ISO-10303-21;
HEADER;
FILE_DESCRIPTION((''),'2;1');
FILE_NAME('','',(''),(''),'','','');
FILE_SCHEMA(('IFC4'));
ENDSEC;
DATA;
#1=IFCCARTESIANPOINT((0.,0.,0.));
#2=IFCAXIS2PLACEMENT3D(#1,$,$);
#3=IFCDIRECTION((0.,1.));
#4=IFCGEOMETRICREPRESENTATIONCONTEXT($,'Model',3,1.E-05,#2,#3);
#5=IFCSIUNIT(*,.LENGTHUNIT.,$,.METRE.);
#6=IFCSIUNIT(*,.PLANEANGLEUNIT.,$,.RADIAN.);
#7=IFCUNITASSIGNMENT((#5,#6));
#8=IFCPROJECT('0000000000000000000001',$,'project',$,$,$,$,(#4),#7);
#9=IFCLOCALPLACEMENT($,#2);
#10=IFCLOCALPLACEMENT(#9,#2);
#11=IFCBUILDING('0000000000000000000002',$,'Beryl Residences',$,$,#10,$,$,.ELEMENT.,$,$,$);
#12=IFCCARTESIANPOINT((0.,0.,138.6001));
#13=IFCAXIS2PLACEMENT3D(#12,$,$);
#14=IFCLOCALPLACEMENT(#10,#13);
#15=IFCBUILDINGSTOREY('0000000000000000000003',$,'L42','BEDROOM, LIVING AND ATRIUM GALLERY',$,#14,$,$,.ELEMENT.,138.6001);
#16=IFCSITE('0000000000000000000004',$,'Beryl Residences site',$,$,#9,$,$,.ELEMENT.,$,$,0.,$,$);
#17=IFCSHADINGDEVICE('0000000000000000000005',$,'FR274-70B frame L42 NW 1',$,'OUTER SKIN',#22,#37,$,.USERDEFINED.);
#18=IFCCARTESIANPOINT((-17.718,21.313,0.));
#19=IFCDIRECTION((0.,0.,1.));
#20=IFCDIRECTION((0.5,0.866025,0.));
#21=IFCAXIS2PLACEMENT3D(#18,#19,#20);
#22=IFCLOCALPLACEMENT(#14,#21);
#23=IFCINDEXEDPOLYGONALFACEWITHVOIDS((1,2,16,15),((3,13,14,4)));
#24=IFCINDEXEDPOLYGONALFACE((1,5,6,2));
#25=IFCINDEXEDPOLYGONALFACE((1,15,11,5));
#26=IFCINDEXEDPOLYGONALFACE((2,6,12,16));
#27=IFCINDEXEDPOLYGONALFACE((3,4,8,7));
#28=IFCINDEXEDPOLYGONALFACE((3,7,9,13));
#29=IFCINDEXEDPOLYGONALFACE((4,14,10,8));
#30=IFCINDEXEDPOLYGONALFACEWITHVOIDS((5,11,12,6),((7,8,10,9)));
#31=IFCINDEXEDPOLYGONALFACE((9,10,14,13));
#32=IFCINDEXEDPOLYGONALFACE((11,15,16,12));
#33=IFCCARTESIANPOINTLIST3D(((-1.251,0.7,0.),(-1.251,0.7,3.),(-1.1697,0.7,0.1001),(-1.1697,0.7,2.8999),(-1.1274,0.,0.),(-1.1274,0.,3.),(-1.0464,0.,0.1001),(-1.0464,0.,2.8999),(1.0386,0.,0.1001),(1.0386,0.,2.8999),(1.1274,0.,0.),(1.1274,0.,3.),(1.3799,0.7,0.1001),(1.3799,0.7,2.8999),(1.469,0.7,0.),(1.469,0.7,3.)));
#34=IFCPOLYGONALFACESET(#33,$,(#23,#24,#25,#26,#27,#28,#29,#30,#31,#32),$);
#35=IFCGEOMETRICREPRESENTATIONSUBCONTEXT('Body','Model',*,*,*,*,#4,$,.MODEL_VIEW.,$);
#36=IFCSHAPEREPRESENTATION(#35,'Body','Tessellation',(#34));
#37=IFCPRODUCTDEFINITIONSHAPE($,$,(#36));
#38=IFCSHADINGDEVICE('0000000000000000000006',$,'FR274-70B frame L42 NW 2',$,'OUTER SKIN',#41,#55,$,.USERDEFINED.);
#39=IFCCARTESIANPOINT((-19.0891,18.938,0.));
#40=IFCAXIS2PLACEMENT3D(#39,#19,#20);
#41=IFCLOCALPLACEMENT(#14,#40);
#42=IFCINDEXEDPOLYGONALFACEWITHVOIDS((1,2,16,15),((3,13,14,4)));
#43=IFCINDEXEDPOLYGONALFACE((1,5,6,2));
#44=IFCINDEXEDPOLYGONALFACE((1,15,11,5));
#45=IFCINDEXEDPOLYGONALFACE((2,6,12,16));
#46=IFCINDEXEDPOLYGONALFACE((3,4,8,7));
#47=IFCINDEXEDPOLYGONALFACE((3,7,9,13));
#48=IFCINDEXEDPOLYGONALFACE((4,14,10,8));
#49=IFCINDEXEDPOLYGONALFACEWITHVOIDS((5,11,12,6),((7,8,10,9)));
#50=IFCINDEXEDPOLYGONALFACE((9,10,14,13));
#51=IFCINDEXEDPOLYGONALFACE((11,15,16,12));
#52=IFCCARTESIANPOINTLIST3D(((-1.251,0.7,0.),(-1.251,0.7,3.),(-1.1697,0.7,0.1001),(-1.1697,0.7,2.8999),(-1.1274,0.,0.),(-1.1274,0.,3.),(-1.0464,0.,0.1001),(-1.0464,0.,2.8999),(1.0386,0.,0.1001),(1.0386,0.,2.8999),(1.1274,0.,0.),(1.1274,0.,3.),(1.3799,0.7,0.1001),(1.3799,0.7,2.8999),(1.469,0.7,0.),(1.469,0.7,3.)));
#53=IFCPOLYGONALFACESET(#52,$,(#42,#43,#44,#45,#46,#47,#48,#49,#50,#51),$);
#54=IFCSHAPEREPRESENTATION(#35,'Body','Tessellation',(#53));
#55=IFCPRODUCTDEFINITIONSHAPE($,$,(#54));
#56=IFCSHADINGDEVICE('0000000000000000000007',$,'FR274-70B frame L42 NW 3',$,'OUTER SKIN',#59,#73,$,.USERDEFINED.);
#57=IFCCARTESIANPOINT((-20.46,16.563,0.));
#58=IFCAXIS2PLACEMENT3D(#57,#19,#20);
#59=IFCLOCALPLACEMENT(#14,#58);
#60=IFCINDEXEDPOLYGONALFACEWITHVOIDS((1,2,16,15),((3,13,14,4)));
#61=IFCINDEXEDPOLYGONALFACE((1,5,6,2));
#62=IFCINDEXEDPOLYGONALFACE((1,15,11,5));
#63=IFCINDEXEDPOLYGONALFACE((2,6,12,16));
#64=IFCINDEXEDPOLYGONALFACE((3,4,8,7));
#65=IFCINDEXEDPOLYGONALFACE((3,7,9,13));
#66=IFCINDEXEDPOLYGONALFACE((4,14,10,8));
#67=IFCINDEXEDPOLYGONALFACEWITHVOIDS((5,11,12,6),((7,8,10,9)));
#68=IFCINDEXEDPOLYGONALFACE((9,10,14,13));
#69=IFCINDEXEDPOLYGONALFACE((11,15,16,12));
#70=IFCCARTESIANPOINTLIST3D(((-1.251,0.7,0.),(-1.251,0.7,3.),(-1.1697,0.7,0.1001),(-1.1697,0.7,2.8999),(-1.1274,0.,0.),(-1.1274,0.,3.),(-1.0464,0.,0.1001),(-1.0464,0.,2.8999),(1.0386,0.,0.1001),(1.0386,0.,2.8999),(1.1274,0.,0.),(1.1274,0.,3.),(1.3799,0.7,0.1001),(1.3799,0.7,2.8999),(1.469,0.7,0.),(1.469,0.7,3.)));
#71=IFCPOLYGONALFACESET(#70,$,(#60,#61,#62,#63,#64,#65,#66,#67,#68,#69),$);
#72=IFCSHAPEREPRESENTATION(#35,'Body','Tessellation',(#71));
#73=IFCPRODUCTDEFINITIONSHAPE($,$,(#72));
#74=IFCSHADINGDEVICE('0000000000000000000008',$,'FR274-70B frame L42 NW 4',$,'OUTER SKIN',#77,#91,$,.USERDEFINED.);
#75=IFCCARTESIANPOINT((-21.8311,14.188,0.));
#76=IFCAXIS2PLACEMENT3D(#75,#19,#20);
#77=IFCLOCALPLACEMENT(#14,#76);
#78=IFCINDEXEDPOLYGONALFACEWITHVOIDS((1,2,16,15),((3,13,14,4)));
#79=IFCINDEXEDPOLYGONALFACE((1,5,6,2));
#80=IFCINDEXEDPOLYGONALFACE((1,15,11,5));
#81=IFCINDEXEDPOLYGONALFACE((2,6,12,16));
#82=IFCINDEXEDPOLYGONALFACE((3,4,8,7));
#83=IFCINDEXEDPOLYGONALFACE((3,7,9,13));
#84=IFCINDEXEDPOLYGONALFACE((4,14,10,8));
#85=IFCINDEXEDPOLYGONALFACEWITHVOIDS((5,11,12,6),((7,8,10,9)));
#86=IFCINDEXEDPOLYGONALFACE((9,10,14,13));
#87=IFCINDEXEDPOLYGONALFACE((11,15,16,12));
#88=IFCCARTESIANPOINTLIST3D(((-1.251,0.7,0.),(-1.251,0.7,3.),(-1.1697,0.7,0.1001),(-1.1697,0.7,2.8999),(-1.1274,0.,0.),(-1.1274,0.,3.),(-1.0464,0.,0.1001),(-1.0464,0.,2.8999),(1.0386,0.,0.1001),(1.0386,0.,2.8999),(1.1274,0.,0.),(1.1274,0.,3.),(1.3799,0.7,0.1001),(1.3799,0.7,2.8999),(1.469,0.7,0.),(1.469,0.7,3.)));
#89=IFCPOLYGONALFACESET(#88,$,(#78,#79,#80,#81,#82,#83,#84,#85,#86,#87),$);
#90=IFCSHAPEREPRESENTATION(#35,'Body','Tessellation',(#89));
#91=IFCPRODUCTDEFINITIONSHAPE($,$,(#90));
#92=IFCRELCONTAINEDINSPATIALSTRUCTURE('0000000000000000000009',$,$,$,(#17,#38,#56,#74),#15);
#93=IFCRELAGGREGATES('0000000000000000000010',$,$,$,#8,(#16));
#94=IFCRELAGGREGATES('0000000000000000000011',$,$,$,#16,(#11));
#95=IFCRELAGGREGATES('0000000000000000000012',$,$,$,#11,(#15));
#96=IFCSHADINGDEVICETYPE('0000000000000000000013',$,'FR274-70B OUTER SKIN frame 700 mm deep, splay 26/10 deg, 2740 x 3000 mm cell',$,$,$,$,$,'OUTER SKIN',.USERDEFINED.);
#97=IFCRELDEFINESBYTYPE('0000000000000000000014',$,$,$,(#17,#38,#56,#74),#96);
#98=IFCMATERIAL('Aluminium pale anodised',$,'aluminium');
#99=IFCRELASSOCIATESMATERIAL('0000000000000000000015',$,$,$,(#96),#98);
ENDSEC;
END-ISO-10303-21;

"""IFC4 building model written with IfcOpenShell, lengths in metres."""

from ifc_helpers import new_model, entity, si_unit, direction, frame, origin, place, context, subcontext, project, spatial, source, transform, mapped, material, type_object, type_shapes, element, save


model = new_model("IFC4")

# Units and contexts
model_context = context("Model", 3, precision=1e-05, world=origin(), true_north=direction((0.0, 1.0)))
body_context = subcontext(model_context, "Body", "Model", "MODEL_VIEW")
ifc_project = project(units=[si_unit("LENGTHUNIT", "METRE"), si_unit("PLANEANGLEUNIT", "RADIAN")], contexts=[model_context])

# Site, building, storey
site_placement = place(None, origin())
site = spatial("IfcSite", under=ifc_project, at=site_placement, Name="Beryl Residences site", CompositionType="ELEMENT", RefElevation=0.0)
building_placement = place(site_placement, origin())
building = spatial("IfcBuilding", under=site, at=building_placement, Name="Beryl Residences", CompositionType="ELEMENT")
storey_placement = place(building_placement, frame((0.0, 0.0, 138.6001)))
storey = spatial("IfcBuildingStorey", under=building, at=storey_placement, Name="L42", Description="BEDROOM, LIVING AND ATRIUM GALLERY", CompositionType="ELEMENT", Elevation=138.6001)

# Shading devices
ifc_material_1 = material(Name="Aluminium pale anodised", Category="aluminium")
shading_device_type = type_object("IfcShadingDeviceType", Name="FR274-70B OUTER SKIN frame 700 mm deep, splay 26/10 deg, 2740 x 3000 mm cell", ElementType="OUTER SKIN", PredefinedType="USERDEFINED", material=ifc_material_1)
cartesian_point_1 = entity("IfcCartesianPoint", [-1.1274, 0.0])
cartesian_point_2 = entity("IfcCartesianPoint", [-1.0386, 0.1001])
cartesian_point_3 = entity("IfcCartesianPoint", [-1.469, 0.0])
cartesian_point_4 = entity("IfcCartesianPoint", [-1.3799, 0.1001])
shared_shape = source(origin(), body_context, "Body", "SweptSolid", [
    entity("IfcExtrudedAreaSolidTapered", entity("IfcArbitraryProfileDefWithVoids", "AREA", None, entity("IfcPolyline", [cartesian_point_1, entity("IfcCartesianPoint", [1.1274, 0.0]), entity("IfcCartesianPoint", [1.1274, 3.0]), entity("IfcCartesianPoint", [-1.1274, 3.0]), cartesian_point_1]), [entity("IfcPolyline", [cartesian_point_2, entity("IfcCartesianPoint", [1.0464, 0.1001]), entity("IfcCartesianPoint", [1.0464, 2.8999]), entity("IfcCartesianPoint", [-1.0386, 2.8999]), cartesian_point_2])]), entity("IfcAxis2Placement3D", entity("IfcCartesianPoint", [0.0, 0.0, 0.0]), entity("IfcDirection", [0.0, 1.0, 0.0]), entity("IfcDirection", [-1.0, 0.0, 0.0])), entity("IfcDirection", [0.0, 0.0, 1.0]), 0.7, entity("IfcArbitraryProfileDefWithVoids", "AREA", None, entity("IfcPolyline", [cartesian_point_3, entity("IfcCartesianPoint", [1.251, 0.0]), entity("IfcCartesianPoint", [1.251, 3.0]), entity("IfcCartesianPoint", [-1.469, 3.0]), cartesian_point_3]), [entity("IfcPolyline", [cartesian_point_4, entity("IfcCartesianPoint", [1.1697, 0.1001]), entity("IfcCartesianPoint", [1.1697, 2.8999]), entity("IfcCartesianPoint", [-1.3799, 2.8999]), cartesian_point_4])])),
])
type_shapes(shading_device_type, [shared_shape])
for number, where, z_axis, x_axis, name in (
    (1, (-17.718, 21.313, 0.0), (0.0, 0.0, 1.0), (0.5, 0.866025, 0.0), "FR274-70B frame L42 NW 1"),
    (2, (-19.0891, 18.938, 0.0), (0.0, 0.0, 1.0), (0.5, 0.866025, 0.0), "FR274-70B frame L42 NW 2"),
    (3, (-20.46, 16.563, 0.0), (0.0, 0.0, 1.0), (0.5, 0.866025, 0.0), "FR274-70B frame L42 NW 3"),
    (4, (-21.8311, 14.188, 0.0), (0.0, 0.0, 1.0), (0.5, 0.866025, 0.0), "FR274-70B frame L42 NW 4"),
):
    element("IfcShadingDevice", number, at=place(storey_placement, frame(where, z_axis=z_axis, x_axis=x_axis)), inside=storey, type_object=shading_device_type, Name=name, ObjectType="OUTER SKIN", PredefinedType="USERDEFINED", context=body_context, shape_type="MappedRepresentation", body=[
        mapped(shared_shape, transform((0.0, 0.0, 0.0))),
    ])

save(model, "model.ifc")
